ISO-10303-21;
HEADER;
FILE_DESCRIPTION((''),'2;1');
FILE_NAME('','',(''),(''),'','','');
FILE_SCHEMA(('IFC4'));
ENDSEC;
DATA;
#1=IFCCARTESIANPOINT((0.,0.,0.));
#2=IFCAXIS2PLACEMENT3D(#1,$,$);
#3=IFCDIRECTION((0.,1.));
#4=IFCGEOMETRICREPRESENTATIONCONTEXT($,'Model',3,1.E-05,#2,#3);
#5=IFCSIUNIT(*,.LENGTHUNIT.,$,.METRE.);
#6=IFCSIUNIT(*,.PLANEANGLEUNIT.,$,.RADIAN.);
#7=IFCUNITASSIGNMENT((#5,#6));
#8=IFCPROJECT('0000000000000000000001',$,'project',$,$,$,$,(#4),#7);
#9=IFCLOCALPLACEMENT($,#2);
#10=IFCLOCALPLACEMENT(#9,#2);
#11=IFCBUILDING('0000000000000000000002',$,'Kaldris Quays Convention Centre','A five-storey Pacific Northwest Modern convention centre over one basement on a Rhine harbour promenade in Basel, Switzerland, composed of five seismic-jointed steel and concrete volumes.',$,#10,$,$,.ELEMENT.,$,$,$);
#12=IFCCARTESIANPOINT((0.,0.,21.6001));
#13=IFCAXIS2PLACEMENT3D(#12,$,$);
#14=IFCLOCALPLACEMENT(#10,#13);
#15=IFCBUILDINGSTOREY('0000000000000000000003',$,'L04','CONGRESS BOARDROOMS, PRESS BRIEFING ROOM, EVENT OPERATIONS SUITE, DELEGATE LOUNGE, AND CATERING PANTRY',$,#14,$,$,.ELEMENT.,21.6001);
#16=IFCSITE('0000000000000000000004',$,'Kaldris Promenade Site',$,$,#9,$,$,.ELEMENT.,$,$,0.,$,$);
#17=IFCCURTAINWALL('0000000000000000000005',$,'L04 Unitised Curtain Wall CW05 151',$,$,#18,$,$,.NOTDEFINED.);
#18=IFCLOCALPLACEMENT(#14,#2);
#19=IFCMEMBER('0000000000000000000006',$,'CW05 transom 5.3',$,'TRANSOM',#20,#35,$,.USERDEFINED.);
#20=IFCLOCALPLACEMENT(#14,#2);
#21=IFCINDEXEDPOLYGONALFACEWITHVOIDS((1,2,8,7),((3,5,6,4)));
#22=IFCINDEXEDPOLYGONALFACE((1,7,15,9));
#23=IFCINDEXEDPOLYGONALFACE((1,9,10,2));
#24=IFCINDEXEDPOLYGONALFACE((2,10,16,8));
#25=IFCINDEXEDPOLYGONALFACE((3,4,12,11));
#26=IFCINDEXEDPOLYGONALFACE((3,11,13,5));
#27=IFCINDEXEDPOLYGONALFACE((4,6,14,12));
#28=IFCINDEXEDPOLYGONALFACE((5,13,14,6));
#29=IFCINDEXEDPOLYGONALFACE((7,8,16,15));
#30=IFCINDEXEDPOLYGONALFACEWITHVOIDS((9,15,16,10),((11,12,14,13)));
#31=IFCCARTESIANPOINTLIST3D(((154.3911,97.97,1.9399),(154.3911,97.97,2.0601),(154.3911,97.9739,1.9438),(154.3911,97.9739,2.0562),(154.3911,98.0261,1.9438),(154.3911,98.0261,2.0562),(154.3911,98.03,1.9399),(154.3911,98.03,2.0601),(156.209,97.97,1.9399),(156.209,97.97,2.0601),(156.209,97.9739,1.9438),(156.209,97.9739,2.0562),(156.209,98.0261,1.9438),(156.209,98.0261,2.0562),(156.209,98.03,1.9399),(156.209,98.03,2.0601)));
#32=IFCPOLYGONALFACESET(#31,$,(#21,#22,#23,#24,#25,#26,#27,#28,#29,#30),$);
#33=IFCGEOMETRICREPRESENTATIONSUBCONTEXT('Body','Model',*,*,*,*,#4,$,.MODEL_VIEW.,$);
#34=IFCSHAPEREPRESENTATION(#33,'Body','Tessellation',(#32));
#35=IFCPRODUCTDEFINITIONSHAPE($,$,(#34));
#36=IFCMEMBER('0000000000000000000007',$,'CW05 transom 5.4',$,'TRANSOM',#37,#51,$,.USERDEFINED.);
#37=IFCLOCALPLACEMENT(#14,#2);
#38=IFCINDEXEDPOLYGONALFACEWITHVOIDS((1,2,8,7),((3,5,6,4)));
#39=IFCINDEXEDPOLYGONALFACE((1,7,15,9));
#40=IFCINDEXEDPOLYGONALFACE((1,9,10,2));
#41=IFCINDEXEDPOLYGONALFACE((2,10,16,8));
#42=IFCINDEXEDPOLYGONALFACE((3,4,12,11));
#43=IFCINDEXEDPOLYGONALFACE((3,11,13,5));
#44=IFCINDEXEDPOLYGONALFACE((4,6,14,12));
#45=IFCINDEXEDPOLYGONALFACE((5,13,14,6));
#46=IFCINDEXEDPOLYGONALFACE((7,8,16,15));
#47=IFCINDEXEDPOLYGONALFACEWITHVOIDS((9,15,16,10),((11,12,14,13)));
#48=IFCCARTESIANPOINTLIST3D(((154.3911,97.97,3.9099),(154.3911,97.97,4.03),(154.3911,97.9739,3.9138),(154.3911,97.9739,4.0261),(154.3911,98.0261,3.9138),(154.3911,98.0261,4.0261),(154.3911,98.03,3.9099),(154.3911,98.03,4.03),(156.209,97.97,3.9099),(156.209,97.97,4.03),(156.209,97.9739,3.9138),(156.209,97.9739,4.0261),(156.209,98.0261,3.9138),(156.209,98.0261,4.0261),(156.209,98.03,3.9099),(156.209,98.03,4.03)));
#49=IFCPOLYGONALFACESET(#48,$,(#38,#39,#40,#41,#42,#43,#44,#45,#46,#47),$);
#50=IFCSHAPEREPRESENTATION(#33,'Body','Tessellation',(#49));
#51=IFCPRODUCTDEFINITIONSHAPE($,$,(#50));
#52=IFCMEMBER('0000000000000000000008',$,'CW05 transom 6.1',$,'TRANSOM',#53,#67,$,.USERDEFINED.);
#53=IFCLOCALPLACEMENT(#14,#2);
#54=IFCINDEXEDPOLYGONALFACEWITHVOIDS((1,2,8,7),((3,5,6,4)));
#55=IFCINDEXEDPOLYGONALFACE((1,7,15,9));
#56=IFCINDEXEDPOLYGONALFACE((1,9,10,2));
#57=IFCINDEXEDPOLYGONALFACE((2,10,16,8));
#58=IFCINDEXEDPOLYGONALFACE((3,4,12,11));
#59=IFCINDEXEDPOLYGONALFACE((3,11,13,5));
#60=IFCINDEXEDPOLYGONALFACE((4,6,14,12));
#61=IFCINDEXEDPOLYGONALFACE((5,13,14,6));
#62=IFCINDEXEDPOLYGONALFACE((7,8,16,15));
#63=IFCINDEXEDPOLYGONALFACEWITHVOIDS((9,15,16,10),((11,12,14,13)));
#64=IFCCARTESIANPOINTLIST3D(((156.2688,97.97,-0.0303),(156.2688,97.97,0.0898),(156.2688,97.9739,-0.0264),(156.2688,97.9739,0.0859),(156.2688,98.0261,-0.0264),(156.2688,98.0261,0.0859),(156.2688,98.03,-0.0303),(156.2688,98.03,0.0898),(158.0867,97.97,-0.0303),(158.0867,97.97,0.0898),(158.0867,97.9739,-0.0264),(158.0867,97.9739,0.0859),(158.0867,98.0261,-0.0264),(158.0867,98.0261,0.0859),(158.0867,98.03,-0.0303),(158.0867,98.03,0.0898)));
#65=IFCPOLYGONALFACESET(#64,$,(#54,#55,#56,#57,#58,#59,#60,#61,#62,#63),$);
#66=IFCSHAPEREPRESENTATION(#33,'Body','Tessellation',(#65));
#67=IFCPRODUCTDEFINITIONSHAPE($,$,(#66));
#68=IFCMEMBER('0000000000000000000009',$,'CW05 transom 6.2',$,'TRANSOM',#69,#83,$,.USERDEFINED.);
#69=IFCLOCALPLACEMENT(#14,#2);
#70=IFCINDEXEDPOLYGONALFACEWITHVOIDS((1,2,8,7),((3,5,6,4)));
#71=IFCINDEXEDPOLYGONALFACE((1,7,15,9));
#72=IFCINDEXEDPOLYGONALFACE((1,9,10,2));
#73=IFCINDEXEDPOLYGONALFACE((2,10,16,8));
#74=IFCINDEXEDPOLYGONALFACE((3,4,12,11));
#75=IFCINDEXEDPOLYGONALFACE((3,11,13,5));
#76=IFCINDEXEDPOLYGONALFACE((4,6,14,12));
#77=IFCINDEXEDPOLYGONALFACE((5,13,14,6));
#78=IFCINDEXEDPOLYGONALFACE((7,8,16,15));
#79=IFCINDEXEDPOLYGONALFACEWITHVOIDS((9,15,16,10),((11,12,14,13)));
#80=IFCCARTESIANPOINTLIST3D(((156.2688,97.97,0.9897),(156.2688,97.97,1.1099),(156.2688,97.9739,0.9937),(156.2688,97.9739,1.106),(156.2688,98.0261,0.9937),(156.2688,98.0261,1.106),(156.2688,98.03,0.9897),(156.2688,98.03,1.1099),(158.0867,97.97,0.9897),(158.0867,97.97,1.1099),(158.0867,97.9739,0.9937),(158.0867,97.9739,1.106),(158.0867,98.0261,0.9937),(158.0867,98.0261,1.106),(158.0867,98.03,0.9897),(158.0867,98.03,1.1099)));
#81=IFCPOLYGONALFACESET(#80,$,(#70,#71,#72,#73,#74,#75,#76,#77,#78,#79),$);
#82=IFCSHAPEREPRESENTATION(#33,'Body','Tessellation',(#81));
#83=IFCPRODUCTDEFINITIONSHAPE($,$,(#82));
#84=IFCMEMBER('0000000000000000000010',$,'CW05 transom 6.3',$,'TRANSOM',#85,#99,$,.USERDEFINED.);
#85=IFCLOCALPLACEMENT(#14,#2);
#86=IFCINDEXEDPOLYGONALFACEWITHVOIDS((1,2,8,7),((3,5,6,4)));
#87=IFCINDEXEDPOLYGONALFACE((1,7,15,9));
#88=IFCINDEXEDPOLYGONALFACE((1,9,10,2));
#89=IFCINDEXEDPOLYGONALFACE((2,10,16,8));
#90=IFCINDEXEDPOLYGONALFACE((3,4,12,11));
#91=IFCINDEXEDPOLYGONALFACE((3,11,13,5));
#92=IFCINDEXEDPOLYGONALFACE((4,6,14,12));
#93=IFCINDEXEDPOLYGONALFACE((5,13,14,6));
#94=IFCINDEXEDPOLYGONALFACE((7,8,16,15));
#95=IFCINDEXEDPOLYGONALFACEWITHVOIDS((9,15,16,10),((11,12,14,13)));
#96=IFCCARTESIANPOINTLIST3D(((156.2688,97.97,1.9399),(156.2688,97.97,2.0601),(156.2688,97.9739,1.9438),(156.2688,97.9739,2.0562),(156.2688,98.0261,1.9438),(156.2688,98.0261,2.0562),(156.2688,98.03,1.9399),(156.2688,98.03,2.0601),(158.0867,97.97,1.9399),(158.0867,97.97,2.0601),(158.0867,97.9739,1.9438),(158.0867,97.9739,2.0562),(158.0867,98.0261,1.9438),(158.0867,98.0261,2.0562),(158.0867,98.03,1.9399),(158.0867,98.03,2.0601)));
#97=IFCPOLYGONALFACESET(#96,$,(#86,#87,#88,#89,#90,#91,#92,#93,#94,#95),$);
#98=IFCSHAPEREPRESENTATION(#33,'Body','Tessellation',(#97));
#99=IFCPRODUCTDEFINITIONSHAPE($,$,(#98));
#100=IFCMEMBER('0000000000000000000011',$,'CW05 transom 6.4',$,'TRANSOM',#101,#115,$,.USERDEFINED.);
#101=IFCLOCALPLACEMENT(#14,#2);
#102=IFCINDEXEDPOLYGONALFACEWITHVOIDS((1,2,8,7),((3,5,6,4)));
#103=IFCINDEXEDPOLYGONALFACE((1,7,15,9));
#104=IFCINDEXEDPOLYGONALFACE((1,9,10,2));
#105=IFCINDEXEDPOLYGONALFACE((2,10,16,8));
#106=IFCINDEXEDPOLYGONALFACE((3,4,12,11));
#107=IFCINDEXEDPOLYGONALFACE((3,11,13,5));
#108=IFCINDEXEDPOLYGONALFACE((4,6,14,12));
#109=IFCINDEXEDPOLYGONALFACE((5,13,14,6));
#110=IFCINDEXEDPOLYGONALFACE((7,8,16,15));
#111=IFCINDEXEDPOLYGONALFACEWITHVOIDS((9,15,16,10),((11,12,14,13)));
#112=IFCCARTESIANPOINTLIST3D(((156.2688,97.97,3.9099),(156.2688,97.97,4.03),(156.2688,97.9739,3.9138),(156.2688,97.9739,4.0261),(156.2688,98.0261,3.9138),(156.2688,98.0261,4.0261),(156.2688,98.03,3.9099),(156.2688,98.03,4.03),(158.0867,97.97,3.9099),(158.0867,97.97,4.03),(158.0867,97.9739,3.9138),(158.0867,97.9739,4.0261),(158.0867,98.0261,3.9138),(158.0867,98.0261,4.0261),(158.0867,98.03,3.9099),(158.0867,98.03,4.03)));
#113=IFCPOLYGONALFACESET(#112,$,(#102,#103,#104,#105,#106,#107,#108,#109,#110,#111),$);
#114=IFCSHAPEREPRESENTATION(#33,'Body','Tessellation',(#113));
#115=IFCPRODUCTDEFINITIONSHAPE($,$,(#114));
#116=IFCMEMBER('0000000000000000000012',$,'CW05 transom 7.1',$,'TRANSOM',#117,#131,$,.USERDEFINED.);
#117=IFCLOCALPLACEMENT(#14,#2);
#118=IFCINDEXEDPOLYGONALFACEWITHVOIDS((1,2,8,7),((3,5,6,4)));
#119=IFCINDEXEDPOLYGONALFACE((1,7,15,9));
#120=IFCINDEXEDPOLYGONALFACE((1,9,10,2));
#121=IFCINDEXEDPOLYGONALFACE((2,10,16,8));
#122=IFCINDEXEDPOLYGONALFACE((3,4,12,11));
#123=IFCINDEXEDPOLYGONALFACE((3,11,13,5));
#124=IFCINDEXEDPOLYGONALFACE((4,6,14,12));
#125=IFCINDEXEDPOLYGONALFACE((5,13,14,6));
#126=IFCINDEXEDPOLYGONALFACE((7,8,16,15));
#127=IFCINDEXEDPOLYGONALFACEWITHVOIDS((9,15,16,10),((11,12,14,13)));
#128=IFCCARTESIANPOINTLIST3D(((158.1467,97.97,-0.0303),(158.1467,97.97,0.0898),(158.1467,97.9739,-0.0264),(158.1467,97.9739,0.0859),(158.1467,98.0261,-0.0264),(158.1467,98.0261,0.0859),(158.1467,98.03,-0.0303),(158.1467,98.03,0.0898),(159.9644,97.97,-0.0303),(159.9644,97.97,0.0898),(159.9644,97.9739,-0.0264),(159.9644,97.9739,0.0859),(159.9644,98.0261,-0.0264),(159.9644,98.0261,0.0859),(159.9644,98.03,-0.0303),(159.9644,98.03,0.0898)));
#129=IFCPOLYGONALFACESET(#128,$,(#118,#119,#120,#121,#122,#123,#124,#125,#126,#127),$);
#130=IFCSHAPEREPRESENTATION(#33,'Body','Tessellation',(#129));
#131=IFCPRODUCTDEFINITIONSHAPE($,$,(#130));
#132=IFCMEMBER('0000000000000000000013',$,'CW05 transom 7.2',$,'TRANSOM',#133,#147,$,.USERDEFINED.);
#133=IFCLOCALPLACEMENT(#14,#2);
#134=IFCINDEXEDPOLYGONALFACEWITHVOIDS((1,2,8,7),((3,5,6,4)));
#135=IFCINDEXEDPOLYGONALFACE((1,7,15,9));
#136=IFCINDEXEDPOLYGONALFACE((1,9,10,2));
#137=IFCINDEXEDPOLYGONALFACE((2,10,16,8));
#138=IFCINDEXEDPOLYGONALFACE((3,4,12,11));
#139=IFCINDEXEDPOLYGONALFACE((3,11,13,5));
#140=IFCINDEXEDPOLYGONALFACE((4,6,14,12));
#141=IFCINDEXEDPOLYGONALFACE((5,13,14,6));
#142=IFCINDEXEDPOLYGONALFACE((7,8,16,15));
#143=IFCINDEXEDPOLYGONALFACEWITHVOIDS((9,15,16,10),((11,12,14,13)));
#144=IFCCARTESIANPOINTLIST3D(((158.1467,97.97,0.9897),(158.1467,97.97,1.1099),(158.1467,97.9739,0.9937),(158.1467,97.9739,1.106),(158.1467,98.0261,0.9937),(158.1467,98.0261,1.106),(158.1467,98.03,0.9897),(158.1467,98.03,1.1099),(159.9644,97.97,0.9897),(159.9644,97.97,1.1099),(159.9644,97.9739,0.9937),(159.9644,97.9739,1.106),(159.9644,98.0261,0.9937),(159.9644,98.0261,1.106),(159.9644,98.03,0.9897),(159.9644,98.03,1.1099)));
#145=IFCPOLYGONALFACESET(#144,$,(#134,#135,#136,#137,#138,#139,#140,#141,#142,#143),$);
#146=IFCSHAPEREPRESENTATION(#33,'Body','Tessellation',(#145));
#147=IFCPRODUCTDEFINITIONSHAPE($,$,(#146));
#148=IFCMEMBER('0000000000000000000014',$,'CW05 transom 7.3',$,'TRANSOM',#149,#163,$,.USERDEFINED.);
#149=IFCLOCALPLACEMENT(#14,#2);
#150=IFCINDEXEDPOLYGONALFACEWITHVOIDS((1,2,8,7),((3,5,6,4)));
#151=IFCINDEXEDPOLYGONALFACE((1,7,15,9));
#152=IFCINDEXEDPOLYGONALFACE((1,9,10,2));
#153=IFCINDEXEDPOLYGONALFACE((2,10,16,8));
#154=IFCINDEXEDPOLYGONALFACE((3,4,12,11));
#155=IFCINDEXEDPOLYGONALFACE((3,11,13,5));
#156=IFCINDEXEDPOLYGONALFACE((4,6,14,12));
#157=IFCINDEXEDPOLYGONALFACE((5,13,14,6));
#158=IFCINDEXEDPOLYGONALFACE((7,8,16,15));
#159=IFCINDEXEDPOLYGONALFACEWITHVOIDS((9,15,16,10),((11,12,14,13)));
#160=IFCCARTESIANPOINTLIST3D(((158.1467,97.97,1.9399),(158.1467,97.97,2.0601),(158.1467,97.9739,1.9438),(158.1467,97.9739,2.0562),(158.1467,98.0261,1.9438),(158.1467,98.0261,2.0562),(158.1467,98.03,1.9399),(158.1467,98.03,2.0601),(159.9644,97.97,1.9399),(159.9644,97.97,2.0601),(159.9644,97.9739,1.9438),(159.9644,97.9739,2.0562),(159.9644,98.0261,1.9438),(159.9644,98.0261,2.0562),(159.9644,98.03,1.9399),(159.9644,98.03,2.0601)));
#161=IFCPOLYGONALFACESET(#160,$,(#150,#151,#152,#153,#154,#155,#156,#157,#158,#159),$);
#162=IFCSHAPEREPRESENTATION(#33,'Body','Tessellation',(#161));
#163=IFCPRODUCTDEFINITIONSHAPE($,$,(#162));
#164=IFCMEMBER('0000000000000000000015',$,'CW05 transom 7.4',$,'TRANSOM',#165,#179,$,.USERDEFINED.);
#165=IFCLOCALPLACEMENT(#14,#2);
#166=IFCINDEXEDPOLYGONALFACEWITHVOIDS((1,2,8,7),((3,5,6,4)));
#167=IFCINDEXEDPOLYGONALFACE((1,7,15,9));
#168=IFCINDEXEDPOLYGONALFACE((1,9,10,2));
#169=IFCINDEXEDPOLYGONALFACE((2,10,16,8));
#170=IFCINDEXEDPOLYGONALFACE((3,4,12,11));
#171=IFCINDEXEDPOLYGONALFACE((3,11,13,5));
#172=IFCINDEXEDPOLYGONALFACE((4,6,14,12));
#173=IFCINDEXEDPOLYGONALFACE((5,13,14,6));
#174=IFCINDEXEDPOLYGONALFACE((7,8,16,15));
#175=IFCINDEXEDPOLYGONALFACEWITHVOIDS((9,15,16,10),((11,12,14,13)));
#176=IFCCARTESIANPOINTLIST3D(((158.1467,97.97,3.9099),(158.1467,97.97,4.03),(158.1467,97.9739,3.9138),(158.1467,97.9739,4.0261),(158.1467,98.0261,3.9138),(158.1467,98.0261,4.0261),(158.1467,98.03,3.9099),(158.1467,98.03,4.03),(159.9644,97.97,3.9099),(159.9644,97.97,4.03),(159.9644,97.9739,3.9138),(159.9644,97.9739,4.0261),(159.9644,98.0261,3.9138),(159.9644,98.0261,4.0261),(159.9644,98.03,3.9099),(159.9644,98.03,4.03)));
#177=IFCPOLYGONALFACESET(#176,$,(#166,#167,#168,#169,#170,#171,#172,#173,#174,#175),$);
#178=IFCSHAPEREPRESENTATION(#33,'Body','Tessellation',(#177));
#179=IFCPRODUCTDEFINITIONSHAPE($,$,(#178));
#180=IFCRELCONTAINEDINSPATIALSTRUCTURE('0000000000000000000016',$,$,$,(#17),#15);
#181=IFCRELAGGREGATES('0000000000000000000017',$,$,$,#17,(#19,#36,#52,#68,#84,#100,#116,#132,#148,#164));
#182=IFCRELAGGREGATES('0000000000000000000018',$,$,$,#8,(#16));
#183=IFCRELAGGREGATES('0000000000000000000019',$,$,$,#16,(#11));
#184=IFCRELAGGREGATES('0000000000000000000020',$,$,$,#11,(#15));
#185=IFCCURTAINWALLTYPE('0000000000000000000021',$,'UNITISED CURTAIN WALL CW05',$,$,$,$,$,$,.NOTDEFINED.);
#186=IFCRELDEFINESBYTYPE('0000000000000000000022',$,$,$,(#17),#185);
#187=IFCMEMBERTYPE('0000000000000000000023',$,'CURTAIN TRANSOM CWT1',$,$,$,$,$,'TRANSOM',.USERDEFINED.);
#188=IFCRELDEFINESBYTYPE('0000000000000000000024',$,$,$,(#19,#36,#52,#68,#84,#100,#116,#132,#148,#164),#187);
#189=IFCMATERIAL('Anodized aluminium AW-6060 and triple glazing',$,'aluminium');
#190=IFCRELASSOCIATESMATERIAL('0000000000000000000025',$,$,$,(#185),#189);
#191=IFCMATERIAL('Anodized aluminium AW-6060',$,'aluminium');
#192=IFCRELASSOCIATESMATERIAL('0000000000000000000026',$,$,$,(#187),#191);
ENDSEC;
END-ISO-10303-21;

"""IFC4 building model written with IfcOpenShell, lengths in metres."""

from ifc_helpers import new_model, si_unit, direction, frame, origin, origin_2d, place, context, subcontext, project, spatial, hollow_rectangle, extrude, material, material_profile, profile_set, type_object, element, aggregate, save


model = new_model("IFC4")

# Units and contexts
model_context = context("Model", 3, precision=1e-05, world=origin(), true_north=direction((0.0, 1.0)))
body_context = subcontext(model_context, "Body", "Model", "MODEL_VIEW")
ifc_project = project(units=[si_unit("LENGTHUNIT", "METRE"), si_unit("PLANEANGLEUNIT", "RADIAN")], contexts=[model_context])

# Site, building, storey
site_placement = place(None, origin())
site = spatial("IfcSite", under=ifc_project, at=site_placement, Name="Kaldris Promenade Site", CompositionType="ELEMENT", RefElevation=0.0)
building_placement = place(site_placement, origin())
building = spatial("IfcBuilding", under=site, at=building_placement, Name="Kaldris Quays Convention Centre", Description="A five-storey Pacific Northwest Modern convention centre over one basement on a Rhine harbour promenade in Basel, Switzerland, composed of five seismic-jointed steel and concrete volumes.", CompositionType="ELEMENT")
storey_placement = place(building_placement, frame((0.0, 0.0, 21.6001)))
storey = spatial("IfcBuildingStorey", under=building, at=storey_placement, Name="L04", Description="CONGRESS BOARDROOMS, PRESS BRIEFING ROOM, EVENT OPERATIONS SUITE, DELEGATE LOUNGE, AND CATERING PANTRY", CompositionType="ELEMENT", Elevation=21.6001)

# Curtain wall, members
ifc_material_1 = material(Name="Anodized aluminium AW-6060 and triple glazing", Category="aluminium")
curtain_wall_type = type_object("IfcCurtainWallType", Name="UNITISED CURTAIN WALL CW05", PredefinedType="NOTDEFINED", material=ifc_material_1)
curtain_wall_placement = place(storey_placement, origin())
curtain_wall = element("IfcCurtainWall", 1, at=curtain_wall_placement, inside=storey, type_object=curtain_wall_type, Name="L04 Unitised Curtain Wall CW05 151", PredefinedType="NOTDEFINED")
ifc_material_2 = material(Name="Anodized aluminium AW-6060", Category="aluminium")
ifc_material_profile_1 = material_profile(ifc_material_2, hollow_rectangle(XDim=0.0601, YDim=0.1201, WallThickness=0.0039, at=origin_2d()), Name="RHS 120x60x4")
ifc_profile_set_1 = profile_set([ifc_material_profile_1], Name="Anodized aluminium AW-6060")
member_type_1 = type_object("IfcMemberType", Name="CURTAIN TRANSOM CWT1", ElementType="TRANSOM", PredefinedType="USERDEFINED", material=ifc_profile_set_1)
member_1_placement = place(storey_placement, frame((154.3911, 98.0, 2.0), z_axis=(1.0, 0.0, 0.0), x_axis=(0.0, 1.0, 0.0)))
member_1 = element("IfcMember", 2, at=member_1_placement, type_object=member_type_1, Name="CW05 transom 5.3", ObjectType="TRANSOM", PredefinedType="USERDEFINED", context=body_context, shape_type="SweptSolid", body=[
    extrude(hollow_rectangle(XDim=0.0601, YDim=0.1201, WallThickness=0.0039, at=origin_2d()), origin(), (0.0, 0.0, 1.0), 1.8179),
])
member_2_placement = place(storey_placement, frame((154.3911, 98.0, 3.97), z_axis=(1.0, 0.0, 0.0), x_axis=(0.0, 1.0, 0.0)))
member_2 = element("IfcMember", 3, at=member_2_placement, type_object=member_type_1, Name="CW05 transom 5.4", ObjectType="TRANSOM", PredefinedType="USERDEFINED", context=body_context, shape_type="SweptSolid", body=[
    extrude(hollow_rectangle(XDim=0.0601, YDim=0.1201, WallThickness=0.0039, at=origin_2d()), origin(), (0.0, 0.0, 1.0), 1.8179),
])
member_3_placement = place(storey_placement, frame((156.2688, 98.0, 0.0298), z_axis=(1.0, 0.0, 0.0), x_axis=(0.0, 1.0, 0.0)))
member_3 = element("IfcMember", 4, at=member_3_placement, type_object=member_type_1, Name="CW05 transom 6.1", ObjectType="TRANSOM", PredefinedType="USERDEFINED", context=body_context, shape_type="SweptSolid", body=[
    extrude(hollow_rectangle(XDim=0.0601, YDim=0.1201, WallThickness=0.0039, at=origin_2d()), origin(), (0.0, 0.0, 1.0), 1.8179),
])
member_4_placement = place(storey_placement, frame((156.2688, 98.0, 1.0498), z_axis=(1.0, 0.0, 0.0), x_axis=(0.0, 1.0, 0.0)))
member_4 = element("IfcMember", 5, at=member_4_placement, type_object=member_type_1, Name="CW05 transom 6.2", ObjectType="TRANSOM", PredefinedType="USERDEFINED", context=body_context, shape_type="SweptSolid", body=[
    extrude(hollow_rectangle(XDim=0.0601, YDim=0.1201, WallThickness=0.0039, at=origin_2d()), origin(), (0.0, 0.0, 1.0), 1.8179),
])
member_5_placement = place(storey_placement, frame((156.2688, 98.0, 2.0), z_axis=(1.0, 0.0, 0.0), x_axis=(0.0, 1.0, 0.0)))
member_5 = element("IfcMember", 6, at=member_5_placement, type_object=member_type_1, Name="CW05 transom 6.3", ObjectType="TRANSOM", PredefinedType="USERDEFINED", context=body_context, shape_type="SweptSolid", body=[
    extrude(hollow_rectangle(XDim=0.0601, YDim=0.1201, WallThickness=0.0039, at=origin_2d()), origin(), (0.0, 0.0, 1.0), 1.8179),
])
member_6_placement = place(storey_placement, frame((156.2688, 98.0, 3.97), z_axis=(1.0, 0.0, 0.0), x_axis=(0.0, 1.0, 0.0)))
member_6 = element("IfcMember", 7, at=member_6_placement, type_object=member_type_1, Name="CW05 transom 6.4", ObjectType="TRANSOM", PredefinedType="USERDEFINED", context=body_context, shape_type="SweptSolid", body=[
    extrude(hollow_rectangle(XDim=0.0601, YDim=0.1201, WallThickness=0.0039, at=origin_2d()), origin(), (0.0, 0.0, 1.0), 1.8179),
])
member_7_placement = place(storey_placement, frame((158.1467, 98.0, 0.0298), z_axis=(1.0, 0.0, 0.0), x_axis=(0.0, 1.0, 0.0)))
member_7 = element("IfcMember", 8, at=member_7_placement, type_object=member_type_1, Name="CW05 transom 7.1", ObjectType="TRANSOM", PredefinedType="USERDEFINED", context=body_context, shape_type="SweptSolid", body=[
    extrude(hollow_rectangle(XDim=0.0601, YDim=0.1201, WallThickness=0.0039, at=origin_2d()), origin(), (0.0, 0.0, 1.0), 1.8176),
])
member_8_placement = place(storey_placement, frame((158.1467, 98.0, 1.0498), z_axis=(1.0, 0.0, 0.0), x_axis=(0.0, 1.0, 0.0)))
member_8 = element("IfcMember", 9, at=member_8_placement, type_object=member_type_1, Name="CW05 transom 7.2", ObjectType="TRANSOM", PredefinedType="USERDEFINED", context=body_context, shape_type="SweptSolid", body=[
    extrude(hollow_rectangle(XDim=0.0601, YDim=0.1201, WallThickness=0.0039, at=origin_2d()), origin(), (0.0, 0.0, 1.0), 1.8176),
])
member_9_placement = place(storey_placement, frame((158.1467, 98.0, 2.0), z_axis=(1.0, 0.0, 0.0), x_axis=(0.0, 1.0, 0.0)))
member_9 = element("IfcMember", 10, at=member_9_placement, type_object=member_type_1, Name="CW05 transom 7.3", ObjectType="TRANSOM", PredefinedType="USERDEFINED", context=body_context, shape_type="SweptSolid", body=[
    extrude(hollow_rectangle(XDim=0.0601, YDim=0.1201, WallThickness=0.0039, at=origin_2d()), origin(), (0.0, 0.0, 1.0), 1.8176),
])
member_10_placement = place(storey_placement, frame((158.1467, 98.0, 3.97), z_axis=(1.0, 0.0, 0.0), x_axis=(0.0, 1.0, 0.0)))
member_10 = element("IfcMember", 11, at=member_10_placement, type_object=member_type_1, Name="CW05 transom 7.4", ObjectType="TRANSOM", PredefinedType="USERDEFINED", context=body_context, shape_type="SweptSolid", body=[
    extrude(hollow_rectangle(XDim=0.0601, YDim=0.1201, WallThickness=0.0039, at=origin_2d()), origin(), (0.0, 0.0, 1.0), 1.8176),
])

aggregate(curtain_wall, [member_1, member_2, member_3, member_4, member_5, member_6, member_7, member_8, member_9, member_10])

save(model, "model.ifc")
